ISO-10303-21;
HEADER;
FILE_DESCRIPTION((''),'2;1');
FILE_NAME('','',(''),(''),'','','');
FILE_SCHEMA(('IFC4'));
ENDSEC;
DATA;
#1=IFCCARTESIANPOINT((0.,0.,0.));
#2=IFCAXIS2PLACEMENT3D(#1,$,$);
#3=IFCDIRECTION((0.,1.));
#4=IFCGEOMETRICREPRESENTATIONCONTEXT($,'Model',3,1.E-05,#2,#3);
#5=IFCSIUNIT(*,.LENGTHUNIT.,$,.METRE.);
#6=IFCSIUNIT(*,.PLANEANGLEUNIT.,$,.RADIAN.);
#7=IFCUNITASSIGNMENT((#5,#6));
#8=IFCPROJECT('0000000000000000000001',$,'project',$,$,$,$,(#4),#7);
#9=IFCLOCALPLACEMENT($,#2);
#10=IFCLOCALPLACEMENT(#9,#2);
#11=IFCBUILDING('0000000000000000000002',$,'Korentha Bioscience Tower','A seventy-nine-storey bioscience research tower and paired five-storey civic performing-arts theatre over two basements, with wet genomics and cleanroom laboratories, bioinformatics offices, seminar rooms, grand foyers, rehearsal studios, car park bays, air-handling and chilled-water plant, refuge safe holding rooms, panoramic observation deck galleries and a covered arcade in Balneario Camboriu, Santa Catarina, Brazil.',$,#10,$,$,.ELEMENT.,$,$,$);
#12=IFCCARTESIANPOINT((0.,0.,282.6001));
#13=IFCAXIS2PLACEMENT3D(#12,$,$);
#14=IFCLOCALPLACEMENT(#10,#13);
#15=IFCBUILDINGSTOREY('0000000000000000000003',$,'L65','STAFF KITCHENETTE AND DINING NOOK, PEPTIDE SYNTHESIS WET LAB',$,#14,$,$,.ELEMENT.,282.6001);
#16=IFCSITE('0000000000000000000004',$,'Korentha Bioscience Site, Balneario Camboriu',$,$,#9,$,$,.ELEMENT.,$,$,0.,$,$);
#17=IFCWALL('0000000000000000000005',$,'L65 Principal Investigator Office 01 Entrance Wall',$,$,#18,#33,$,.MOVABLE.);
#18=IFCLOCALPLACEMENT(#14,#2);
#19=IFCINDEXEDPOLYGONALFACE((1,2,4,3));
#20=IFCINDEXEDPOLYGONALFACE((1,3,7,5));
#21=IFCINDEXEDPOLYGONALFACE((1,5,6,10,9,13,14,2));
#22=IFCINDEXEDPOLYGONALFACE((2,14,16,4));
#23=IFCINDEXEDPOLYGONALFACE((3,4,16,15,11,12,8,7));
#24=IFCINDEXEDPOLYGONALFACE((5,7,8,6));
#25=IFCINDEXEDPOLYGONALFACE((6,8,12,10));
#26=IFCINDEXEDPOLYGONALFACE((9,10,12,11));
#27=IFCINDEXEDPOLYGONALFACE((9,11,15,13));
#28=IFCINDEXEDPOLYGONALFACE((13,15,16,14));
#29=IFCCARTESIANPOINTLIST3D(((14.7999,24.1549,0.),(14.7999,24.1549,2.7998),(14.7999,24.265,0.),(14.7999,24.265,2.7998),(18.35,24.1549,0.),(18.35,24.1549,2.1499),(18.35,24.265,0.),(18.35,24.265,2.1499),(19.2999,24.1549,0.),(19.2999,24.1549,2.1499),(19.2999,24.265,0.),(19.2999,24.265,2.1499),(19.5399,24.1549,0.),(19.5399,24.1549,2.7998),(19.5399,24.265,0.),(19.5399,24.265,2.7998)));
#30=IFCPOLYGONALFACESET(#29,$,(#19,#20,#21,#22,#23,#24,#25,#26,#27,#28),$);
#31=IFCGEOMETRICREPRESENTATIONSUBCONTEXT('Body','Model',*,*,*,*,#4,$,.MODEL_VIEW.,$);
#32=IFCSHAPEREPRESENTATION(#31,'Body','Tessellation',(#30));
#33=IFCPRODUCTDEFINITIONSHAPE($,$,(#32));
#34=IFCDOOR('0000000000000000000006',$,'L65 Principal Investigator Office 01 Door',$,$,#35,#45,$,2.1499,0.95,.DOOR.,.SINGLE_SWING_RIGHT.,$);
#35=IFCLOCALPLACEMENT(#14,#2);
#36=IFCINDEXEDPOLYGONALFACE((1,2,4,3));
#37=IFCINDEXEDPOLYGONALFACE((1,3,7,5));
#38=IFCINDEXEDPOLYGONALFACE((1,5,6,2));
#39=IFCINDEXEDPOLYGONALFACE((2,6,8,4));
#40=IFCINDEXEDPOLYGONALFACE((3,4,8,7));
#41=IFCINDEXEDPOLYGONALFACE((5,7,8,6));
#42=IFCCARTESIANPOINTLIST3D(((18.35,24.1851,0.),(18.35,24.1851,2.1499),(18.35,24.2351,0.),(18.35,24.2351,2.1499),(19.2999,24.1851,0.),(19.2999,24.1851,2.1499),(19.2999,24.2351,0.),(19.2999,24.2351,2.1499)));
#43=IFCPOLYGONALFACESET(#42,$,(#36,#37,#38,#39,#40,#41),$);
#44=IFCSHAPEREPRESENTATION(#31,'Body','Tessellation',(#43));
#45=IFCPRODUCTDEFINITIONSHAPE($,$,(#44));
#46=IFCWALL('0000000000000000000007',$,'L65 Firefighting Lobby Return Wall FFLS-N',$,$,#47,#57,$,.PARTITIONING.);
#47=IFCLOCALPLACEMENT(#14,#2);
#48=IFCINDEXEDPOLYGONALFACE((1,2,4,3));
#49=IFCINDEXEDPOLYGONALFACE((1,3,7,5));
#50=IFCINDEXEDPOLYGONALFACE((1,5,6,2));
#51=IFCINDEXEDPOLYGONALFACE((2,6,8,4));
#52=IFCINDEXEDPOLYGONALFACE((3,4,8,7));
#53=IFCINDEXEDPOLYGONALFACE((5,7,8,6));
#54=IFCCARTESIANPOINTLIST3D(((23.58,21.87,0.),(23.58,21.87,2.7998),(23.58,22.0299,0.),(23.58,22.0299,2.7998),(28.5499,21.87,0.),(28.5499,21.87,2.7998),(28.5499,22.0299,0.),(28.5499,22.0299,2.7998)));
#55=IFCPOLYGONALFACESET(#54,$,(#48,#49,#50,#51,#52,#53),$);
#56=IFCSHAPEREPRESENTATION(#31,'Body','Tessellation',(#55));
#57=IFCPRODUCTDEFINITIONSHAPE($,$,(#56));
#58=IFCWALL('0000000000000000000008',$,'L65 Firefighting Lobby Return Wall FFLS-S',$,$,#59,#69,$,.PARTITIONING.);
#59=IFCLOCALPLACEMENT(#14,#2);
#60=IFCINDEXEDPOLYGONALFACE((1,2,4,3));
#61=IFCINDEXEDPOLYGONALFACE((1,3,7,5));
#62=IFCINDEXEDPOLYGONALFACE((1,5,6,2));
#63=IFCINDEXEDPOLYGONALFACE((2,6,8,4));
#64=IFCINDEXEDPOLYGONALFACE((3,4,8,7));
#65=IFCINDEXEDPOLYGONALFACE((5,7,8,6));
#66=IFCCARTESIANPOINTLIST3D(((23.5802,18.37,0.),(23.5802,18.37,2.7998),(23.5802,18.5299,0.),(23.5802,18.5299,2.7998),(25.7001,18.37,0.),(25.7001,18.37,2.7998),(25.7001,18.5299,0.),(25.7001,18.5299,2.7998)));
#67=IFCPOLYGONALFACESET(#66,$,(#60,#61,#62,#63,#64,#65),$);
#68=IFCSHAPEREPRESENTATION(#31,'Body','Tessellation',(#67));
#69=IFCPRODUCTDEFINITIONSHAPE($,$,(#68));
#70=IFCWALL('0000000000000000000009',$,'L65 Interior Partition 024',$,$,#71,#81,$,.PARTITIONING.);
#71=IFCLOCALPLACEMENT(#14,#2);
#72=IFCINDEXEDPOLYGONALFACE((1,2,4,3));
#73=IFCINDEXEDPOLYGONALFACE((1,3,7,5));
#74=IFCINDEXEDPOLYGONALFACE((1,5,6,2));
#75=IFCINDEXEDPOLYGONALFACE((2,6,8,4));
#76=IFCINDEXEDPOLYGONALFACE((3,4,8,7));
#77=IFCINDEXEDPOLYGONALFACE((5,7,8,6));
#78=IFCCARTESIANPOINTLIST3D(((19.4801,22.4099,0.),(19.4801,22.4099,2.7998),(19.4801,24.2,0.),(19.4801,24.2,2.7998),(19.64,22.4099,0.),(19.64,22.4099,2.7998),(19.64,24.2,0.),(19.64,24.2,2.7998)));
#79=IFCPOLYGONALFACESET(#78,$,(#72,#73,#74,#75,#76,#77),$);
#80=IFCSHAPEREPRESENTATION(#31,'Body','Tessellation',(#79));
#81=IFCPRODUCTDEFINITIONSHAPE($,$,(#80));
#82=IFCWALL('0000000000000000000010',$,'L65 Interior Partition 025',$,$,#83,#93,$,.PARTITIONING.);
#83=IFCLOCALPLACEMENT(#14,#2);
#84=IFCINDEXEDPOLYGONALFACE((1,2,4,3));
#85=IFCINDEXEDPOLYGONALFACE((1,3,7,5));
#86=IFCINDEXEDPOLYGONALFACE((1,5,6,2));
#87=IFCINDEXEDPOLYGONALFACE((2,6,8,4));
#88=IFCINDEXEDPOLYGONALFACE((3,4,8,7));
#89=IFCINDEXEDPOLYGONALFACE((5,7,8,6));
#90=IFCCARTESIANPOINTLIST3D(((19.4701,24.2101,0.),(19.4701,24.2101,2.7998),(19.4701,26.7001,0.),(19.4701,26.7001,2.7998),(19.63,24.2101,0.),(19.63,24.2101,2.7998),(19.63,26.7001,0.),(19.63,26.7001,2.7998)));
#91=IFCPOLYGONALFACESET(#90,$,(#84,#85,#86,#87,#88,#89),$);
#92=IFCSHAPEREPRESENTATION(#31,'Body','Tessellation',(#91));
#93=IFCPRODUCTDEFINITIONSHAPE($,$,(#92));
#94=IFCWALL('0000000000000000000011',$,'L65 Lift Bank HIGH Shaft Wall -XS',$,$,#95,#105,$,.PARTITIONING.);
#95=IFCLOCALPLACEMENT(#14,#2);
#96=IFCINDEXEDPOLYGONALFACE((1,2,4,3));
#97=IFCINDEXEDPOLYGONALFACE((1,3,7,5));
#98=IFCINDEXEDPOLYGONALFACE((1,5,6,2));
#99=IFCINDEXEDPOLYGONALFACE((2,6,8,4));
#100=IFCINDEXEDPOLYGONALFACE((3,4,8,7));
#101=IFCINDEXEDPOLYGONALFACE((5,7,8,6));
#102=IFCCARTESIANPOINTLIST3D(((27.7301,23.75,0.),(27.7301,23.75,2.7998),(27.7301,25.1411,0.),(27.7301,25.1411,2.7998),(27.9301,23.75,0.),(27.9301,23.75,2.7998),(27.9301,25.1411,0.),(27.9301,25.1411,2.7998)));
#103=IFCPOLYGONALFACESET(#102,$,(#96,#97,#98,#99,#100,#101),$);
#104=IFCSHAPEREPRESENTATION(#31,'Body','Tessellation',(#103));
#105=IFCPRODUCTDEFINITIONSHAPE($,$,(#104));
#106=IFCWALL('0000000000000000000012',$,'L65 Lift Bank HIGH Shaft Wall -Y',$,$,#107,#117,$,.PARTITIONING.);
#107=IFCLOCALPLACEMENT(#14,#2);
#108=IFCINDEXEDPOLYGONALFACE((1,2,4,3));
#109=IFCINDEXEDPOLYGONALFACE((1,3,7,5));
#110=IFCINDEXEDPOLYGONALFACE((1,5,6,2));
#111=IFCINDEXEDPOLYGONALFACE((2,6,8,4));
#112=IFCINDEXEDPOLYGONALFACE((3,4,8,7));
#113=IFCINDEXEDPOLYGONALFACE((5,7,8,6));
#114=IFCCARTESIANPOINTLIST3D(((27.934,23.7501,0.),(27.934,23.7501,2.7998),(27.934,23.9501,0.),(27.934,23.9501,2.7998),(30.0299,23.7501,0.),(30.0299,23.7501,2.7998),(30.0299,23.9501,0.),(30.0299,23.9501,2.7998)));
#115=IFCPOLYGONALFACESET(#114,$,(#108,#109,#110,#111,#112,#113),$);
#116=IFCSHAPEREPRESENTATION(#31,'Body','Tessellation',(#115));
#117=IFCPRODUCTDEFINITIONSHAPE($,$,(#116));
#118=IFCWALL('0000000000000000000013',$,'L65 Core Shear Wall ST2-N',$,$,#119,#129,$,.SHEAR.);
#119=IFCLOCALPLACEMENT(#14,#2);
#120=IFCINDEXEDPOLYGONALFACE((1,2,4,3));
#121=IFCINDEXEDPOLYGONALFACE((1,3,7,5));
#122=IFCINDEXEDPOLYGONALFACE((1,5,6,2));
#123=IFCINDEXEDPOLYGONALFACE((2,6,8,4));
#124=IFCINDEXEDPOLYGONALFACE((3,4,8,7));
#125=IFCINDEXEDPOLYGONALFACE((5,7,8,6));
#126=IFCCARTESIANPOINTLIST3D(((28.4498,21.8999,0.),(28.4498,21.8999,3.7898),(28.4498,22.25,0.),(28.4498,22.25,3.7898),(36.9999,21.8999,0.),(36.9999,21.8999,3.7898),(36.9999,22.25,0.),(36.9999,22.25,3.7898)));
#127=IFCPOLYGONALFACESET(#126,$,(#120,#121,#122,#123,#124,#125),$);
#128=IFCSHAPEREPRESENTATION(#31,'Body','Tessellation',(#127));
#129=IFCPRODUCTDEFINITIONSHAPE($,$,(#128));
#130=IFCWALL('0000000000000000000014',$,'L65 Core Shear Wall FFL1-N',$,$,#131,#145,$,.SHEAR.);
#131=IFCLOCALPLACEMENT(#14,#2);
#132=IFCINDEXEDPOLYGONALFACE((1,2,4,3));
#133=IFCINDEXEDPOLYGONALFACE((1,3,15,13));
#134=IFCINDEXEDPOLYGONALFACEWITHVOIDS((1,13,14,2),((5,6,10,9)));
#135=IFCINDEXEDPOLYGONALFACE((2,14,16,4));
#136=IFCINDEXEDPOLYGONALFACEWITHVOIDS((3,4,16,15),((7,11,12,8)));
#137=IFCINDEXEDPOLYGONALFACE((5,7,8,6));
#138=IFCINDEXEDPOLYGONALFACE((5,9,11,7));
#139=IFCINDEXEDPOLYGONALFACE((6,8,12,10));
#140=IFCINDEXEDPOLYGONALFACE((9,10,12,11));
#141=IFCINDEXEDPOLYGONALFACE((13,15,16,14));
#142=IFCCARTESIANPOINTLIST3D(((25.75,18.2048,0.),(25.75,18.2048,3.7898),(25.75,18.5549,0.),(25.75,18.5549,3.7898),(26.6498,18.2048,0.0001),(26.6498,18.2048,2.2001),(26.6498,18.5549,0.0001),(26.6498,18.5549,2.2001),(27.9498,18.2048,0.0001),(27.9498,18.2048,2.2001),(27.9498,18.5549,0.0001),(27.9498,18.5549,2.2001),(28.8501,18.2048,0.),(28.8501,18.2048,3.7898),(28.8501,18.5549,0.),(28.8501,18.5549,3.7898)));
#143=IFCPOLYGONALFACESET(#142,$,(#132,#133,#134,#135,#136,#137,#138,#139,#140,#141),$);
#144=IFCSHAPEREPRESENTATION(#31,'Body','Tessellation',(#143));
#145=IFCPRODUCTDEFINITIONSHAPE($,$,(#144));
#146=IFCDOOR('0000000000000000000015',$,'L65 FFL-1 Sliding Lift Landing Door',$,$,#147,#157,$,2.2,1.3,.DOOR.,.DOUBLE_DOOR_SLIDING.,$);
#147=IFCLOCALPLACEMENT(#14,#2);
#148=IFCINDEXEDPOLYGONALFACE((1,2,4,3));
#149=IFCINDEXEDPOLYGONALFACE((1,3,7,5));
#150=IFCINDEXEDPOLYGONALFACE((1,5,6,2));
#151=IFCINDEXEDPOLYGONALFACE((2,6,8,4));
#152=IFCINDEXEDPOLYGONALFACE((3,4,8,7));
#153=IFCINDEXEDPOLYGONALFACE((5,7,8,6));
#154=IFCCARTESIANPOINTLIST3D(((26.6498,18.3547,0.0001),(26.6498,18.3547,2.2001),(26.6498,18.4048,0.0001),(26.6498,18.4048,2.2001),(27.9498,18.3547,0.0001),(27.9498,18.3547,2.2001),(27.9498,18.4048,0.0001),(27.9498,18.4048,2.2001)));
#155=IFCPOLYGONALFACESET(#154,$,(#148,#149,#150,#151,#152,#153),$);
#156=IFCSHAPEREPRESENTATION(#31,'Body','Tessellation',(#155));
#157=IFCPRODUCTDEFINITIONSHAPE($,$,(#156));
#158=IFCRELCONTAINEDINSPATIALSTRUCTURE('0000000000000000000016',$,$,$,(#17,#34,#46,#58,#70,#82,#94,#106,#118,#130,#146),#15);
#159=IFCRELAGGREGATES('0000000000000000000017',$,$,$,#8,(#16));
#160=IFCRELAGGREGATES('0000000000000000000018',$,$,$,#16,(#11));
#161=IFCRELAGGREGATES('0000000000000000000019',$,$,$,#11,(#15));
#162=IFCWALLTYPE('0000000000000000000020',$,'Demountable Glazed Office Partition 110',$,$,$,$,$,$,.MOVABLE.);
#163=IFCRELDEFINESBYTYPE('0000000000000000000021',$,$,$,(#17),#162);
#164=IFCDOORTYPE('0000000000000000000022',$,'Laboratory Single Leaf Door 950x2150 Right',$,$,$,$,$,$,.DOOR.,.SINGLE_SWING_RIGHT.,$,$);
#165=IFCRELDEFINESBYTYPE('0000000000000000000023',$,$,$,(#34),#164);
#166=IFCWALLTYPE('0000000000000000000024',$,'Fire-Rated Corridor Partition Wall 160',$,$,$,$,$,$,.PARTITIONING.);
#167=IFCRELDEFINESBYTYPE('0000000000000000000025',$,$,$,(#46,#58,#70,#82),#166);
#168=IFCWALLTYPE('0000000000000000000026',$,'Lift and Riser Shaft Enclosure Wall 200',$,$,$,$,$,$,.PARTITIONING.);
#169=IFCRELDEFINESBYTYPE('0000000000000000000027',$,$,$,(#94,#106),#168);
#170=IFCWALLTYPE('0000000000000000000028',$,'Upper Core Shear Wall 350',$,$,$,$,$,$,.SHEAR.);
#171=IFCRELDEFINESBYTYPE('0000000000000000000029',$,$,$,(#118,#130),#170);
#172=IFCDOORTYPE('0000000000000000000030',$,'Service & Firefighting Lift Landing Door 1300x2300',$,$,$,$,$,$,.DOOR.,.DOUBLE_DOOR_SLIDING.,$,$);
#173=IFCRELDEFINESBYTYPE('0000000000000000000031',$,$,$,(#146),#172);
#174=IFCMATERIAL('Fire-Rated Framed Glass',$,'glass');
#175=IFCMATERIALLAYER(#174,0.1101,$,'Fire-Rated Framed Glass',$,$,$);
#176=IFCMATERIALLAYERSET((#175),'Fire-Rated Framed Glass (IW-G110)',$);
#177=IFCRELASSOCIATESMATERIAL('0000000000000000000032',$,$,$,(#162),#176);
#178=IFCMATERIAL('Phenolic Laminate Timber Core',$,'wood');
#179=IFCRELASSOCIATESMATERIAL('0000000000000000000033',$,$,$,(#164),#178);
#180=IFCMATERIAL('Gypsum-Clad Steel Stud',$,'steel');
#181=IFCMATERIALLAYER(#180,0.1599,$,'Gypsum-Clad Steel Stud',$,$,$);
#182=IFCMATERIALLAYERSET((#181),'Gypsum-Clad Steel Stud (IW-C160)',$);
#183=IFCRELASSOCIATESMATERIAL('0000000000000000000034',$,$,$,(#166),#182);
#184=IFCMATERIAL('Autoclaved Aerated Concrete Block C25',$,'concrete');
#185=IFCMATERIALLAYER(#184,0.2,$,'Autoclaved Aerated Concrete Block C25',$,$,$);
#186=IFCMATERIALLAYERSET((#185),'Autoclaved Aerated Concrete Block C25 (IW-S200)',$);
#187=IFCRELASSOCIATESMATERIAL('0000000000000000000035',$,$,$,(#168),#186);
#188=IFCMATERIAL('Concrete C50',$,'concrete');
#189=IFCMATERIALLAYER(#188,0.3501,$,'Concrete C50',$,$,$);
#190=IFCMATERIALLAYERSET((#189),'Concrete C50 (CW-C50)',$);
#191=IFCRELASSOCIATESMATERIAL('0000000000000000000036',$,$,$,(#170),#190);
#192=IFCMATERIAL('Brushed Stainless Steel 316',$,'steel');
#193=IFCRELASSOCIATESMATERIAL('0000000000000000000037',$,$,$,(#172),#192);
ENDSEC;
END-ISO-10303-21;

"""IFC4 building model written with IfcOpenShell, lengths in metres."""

from ifc_helpers import new_model, si_unit, direction, frame, frame_2d, origin, place, context, subcontext, project, spatial, rectangle, extrude, material, layer, layer_set, type_object, element, fill, save


model = new_model("IFC4")

# Units and contexts
model_context = context("Model", 3, precision=1e-05, world=origin(), true_north=direction((0.0, 1.0)))
body_context = subcontext(model_context, "Body", "Model", "MODEL_VIEW")
ifc_project = project(units=[si_unit("LENGTHUNIT", "METRE"), si_unit("PLANEANGLEUNIT", "RADIAN")], contexts=[model_context])

# Site, building, storey
site_placement = place(None, origin())
site = spatial("IfcSite", under=ifc_project, at=site_placement, Name="Korentha Bioscience Site, Balneario Camboriu", CompositionType="ELEMENT", RefElevation=0.0)
building_placement = place(site_placement, origin())
building = spatial("IfcBuilding", under=site, at=building_placement, Name="Korentha Bioscience Tower", Description="A seventy-nine-storey bioscience research tower and paired five-storey civic performing-arts theatre over two basements, with wet genomics and cleanroom laboratories, bioinformatics offices, seminar rooms, grand foyers, rehearsal studios, car park bays, air-handling and chilled-water plant, refuge safe holding rooms, panoramic observation deck galleries and a covered arcade in Balneario Camboriu, Santa Catarina, Brazil.", CompositionType="ELEMENT")
storey_placement = place(building_placement, frame((0.0, 0.0, 282.6001)))
storey = spatial("IfcBuildingStorey", under=building, at=storey_placement, Name="L65", Description="STAFF KITCHENETTE AND DINING NOOK, PEPTIDE SYNTHESIS WET LAB", CompositionType="ELEMENT", Elevation=282.6001)

# Wall, opening, door
ifc_material_1 = material(Name="Fire-Rated Framed Glass", Category="glass")
ifc_layer_1 = layer(ifc_material_1, 0.1101, Name="Fire-Rated Framed Glass")
ifc_layer_set_1 = layer_set([ifc_layer_1], Name="Fire-Rated Framed Glass (IW-G110)")
wall_type_1 = type_object("IfcWallType", Name="Demountable Glazed Office Partition 110", PredefinedType="MOVABLE", material=ifc_layer_set_1)
wall_1_placement = place(storey_placement, frame((19.54, 24.21, 0.0), z_axis=(0.0, 0.0, 1.0), x_axis=(-1.0, 0.0, 0.0)))
wall_1 = element("IfcWall", 1, at=wall_1_placement, inside=storey, type_object=wall_type_1, Name="L65 Principal Investigator Office 01 Entrance Wall", PredefinedType="MOVABLE", context=body_context, shape_type="SweptSolid", body=[
    extrude(rectangle(XDim=4.74, YDim=0.1101, at=frame_2d((2.3701, 0.0))), origin(), (0.0, 0.0, 1.0), 2.7998),
])
opening_1_placement = place(wall_1_placement, frame((0.24, 0.0, 0.0)))
opening_1 = element("IfcOpeningElement", 2, at=opening_1_placement, cuts=wall_1, PredefinedType="OPENING", context=body_context, shape_type="SweptSolid", body=[
    extrude(rectangle(XDim=0.95, YDim=2.1499, at=frame_2d((0.4751, 1.075))), frame((0.0, 0.0698, 0.0), z_axis=(0.0, -1.0, 0.0), x_axis=(1.0, 0.0, 0.0)), (0.0, 0.0, 1.0), 0.1399),
])
ifc_material_2 = material(Name="Phenolic Laminate Timber Core", Category="wood")
door_type_1 = type_object("IfcDoorType", Name="Laboratory Single Leaf Door 950x2150 Right", OperationType="SINGLE_SWING_RIGHT", PredefinedType="DOOR", material=ifc_material_2)
door_1_placement = place(opening_1_placement, origin())
door_1 = element("IfcDoor", 3, at=door_1_placement, inside=storey, type_object=door_type_1, Name="L65 Principal Investigator Office 01 Door", OperationType="SINGLE_SWING_RIGHT", OverallHeight=2.1499, OverallWidth=0.95, PredefinedType="DOOR", context=body_context, shape_type="SweptSolid", body=[
    extrude(rectangle(XDim=0.95, YDim=2.1499, at=frame_2d((0.4751, 1.075))), frame((0.0, 0.0249, 0.0), z_axis=(0.0, -1.0, 0.0), x_axis=(1.0, 0.0, 0.0)), (0.0, 0.0, 1.0), 0.05),
])
fill(opening_1, door_1)
ifc_material_3 = material(Name="Gypsum-Clad Steel Stud", Category="steel")
ifc_layer_2 = layer(ifc_material_3, 0.1599, Name="Gypsum-Clad Steel Stud")
ifc_layer_set_2 = layer_set([ifc_layer_2], Name="Gypsum-Clad Steel Stud (IW-C160)")
wall_type_2 = type_object("IfcWallType", Name="Fire-Rated Corridor Partition Wall 160", PredefinedType="PARTITIONING", material=ifc_layer_set_2)

# Walls
wall_2_placement = place(storey_placement, frame((23.5801, 21.95, 0.0), z_axis=(0.0, 0.0, 1.0), x_axis=(1.0, 0.0, 0.0)))
element("IfcWall", 4, at=wall_2_placement, inside=storey, type_object=wall_type_2, Name="L65 Firefighting Lobby Return Wall FFLS-N", PredefinedType="PARTITIONING", context=body_context, shape_type="SweptSolid", body=[
    extrude(rectangle(XDim=4.97, YDim=0.1599, at=frame_2d((2.4849, 0.0))), origin(), (0.0, 0.0, 1.0), 2.7998),
])
wall_3_placement = place(storey_placement, frame((23.5801, 18.45, 0.0), z_axis=(0.0, 0.0, 1.0), x_axis=(1.0, 0.0, 0.0)))
element("IfcWall", 5, at=wall_3_placement, inside=storey, type_object=wall_type_2, Name="L65 Firefighting Lobby Return Wall FFLS-S", PredefinedType="PARTITIONING", context=body_context, shape_type="SweptSolid", body=[
    extrude(rectangle(XDim=2.1199, YDim=0.1599, at=frame_2d((1.0601, 0.0))), origin(), (0.0, 0.0, 1.0), 2.7998),
])

# Walls
wall_4_placement = place(storey_placement, frame((19.5601, 22.4099, 0.0), z_axis=(0.0, 0.0, 1.0), x_axis=(0.0, 1.0, 0.0)))
element("IfcWall", 6, at=wall_4_placement, inside=storey, type_object=wall_type_2, Name="L65 Interior Partition 024", PredefinedType="PARTITIONING", context=body_context, shape_type="SweptSolid", body=[
    extrude(rectangle(XDim=1.79, YDim=0.1599, at=frame_2d((0.895, 0.0))), origin(), (0.0, 0.0, 1.0), 2.7998),
])
wall_5_placement = place(storey_placement, frame((19.55, 24.21, 0.0), z_axis=(0.0, 0.0, 1.0), x_axis=(0.0, 1.0, 0.0)))
element("IfcWall", 7, at=wall_5_placement, inside=storey, type_object=wall_type_2, Name="L65 Interior Partition 025", PredefinedType="PARTITIONING", context=body_context, shape_type="SweptSolid", body=[
    extrude(rectangle(XDim=2.49, YDim=0.1599, at=frame_2d((1.2451, 0.0))), origin(), (0.0, 0.0, 1.0), 2.7998),
])
ifc_material_4 = material(Name="Autoclaved Aerated Concrete Block C25", Category="concrete")
ifc_layer_3 = layer(ifc_material_4, 0.2, Name="Autoclaved Aerated Concrete Block C25")
ifc_layer_set_3 = layer_set([ifc_layer_3], Name="Autoclaved Aerated Concrete Block C25 (IW-S200)")
wall_type_3 = type_object("IfcWallType", Name="Lift and Riser Shaft Enclosure Wall 200", PredefinedType="PARTITIONING", material=ifc_layer_set_3)
wall_6_placement = place(storey_placement, frame((27.8301, 23.75, 0.0), z_axis=(0.0, 0.0, 1.0), x_axis=(0.0, 1.0, 0.0)))
element("IfcWall", 8, at=wall_6_placement, inside=storey, type_object=wall_type_3, Name="L65 Lift Bank HIGH Shaft Wall -XS", PredefinedType="PARTITIONING", context=body_context, shape_type="SweptSolid", body=[
    extrude(rectangle(XDim=1.3911, YDim=0.2, at=frame_2d((0.6956, 0.0))), origin(), (0.0, 0.0, 1.0), 2.7998),
])
wall_7_placement = place(storey_placement, frame((27.9341, 23.8501, 0.0), z_axis=(0.0, 0.0, 1.0), x_axis=(1.0, 0.0, 0.0)))
element("IfcWall", 9, at=wall_7_placement, inside=storey, type_object=wall_type_3, Name="L65 Lift Bank HIGH Shaft Wall -Y", PredefinedType="PARTITIONING", context=body_context, shape_type="SweptSolid", body=[
    extrude(rectangle(XDim=2.0959, YDim=0.2, at=frame_2d((1.0479, 0.0))), origin(), (0.0, 0.0, 1.0), 2.7998),
])
ifc_material_5 = material(Name="Concrete C50", Category="concrete")
ifc_layer_4 = layer(ifc_material_5, 0.3501, Name="Concrete C50")
ifc_layer_set_4 = layer_set([ifc_layer_4], Name="Concrete C50 (CW-C50)")
wall_type_4 = type_object("IfcWallType", Name="Upper Core Shear Wall 350", PredefinedType="SHEAR", material=ifc_layer_set_4)
wall_8_placement = place(storey_placement, frame((28.45, 22.075, 0.0), z_axis=(0.0, 0.0, 1.0), x_axis=(1.0, 0.0, 0.0)))
element("IfcWall", 10, at=wall_8_placement, inside=storey, type_object=wall_type_4, Name="L65 Core Shear Wall ST2-N", PredefinedType="SHEAR", context=body_context, shape_type="SweptSolid", body=[
    extrude(rectangle(XDim=8.55, YDim=0.3501, at=frame_2d((4.2749, 0.0))), origin(), (0.0, 0.0, 1.0), 3.7898),
])

# Wall, opening, door
wall_9_placement = place(storey_placement, frame((25.75, 18.3799, 0.0), z_axis=(0.0, 0.0, 1.0), x_axis=(1.0, 0.0, 0.0)))
wall_9 = element("IfcWall", 11, at=wall_9_placement, inside=storey, type_object=wall_type_4, Name="L65 Core Shear Wall FFL1-N", PredefinedType="SHEAR", context=body_context, shape_type="SweptSolid", body=[
    extrude(rectangle(XDim=3.1001, YDim=0.3501, at=frame_2d((1.55, 0.0))), origin(), (0.0, 0.0, 1.0), 3.7898),
])
opening_2_placement = place(wall_9_placement, frame((0.8999, 0.0, 0.0)))
opening_2 = element("IfcOpeningElement", 12, at=opening_2_placement, cuts=wall_9, PredefinedType="OPENING", context=body_context, shape_type="SweptSolid", body=[
    extrude(rectangle(XDim=1.3, YDim=2.2, at=frame_2d((0.6499, 1.1001))), frame((0.0, 0.1899, 0.0), z_axis=(0.0, -1.0, 0.0), x_axis=(1.0, 0.0, 0.0)), (0.0, 0.0, 1.0), 0.3799),
])
ifc_material_6 = material(Name="Brushed Stainless Steel 316", Category="steel")
door_type_2 = type_object("IfcDoorType", Name="Service & Firefighting Lift Landing Door 1300x2300", OperationType="DOUBLE_DOOR_SLIDING", PredefinedType="DOOR", material=ifc_material_6)
door_2_placement = place(opening_2_placement, origin())
door_2 = element("IfcDoor", 13, at=door_2_placement, inside=storey, type_object=door_type_2, Name="L65 FFL-1 Sliding Lift Landing Door", OperationType="DOUBLE_DOOR_SLIDING", OverallHeight=2.2, OverallWidth=1.3, PredefinedType="DOOR", context=body_context, shape_type="SweptSolid", body=[
    extrude(rectangle(XDim=1.3, YDim=2.2, at=frame_2d((0.6499, 1.1001))), frame((0.0, 0.0249, 0.0), z_axis=(0.0, -1.0, 0.0), x_axis=(1.0, 0.0, 0.0)), (0.0, 0.0, 1.0), 0.05),
])
fill(opening_2, door_2)

save(model, "model.ifc")
